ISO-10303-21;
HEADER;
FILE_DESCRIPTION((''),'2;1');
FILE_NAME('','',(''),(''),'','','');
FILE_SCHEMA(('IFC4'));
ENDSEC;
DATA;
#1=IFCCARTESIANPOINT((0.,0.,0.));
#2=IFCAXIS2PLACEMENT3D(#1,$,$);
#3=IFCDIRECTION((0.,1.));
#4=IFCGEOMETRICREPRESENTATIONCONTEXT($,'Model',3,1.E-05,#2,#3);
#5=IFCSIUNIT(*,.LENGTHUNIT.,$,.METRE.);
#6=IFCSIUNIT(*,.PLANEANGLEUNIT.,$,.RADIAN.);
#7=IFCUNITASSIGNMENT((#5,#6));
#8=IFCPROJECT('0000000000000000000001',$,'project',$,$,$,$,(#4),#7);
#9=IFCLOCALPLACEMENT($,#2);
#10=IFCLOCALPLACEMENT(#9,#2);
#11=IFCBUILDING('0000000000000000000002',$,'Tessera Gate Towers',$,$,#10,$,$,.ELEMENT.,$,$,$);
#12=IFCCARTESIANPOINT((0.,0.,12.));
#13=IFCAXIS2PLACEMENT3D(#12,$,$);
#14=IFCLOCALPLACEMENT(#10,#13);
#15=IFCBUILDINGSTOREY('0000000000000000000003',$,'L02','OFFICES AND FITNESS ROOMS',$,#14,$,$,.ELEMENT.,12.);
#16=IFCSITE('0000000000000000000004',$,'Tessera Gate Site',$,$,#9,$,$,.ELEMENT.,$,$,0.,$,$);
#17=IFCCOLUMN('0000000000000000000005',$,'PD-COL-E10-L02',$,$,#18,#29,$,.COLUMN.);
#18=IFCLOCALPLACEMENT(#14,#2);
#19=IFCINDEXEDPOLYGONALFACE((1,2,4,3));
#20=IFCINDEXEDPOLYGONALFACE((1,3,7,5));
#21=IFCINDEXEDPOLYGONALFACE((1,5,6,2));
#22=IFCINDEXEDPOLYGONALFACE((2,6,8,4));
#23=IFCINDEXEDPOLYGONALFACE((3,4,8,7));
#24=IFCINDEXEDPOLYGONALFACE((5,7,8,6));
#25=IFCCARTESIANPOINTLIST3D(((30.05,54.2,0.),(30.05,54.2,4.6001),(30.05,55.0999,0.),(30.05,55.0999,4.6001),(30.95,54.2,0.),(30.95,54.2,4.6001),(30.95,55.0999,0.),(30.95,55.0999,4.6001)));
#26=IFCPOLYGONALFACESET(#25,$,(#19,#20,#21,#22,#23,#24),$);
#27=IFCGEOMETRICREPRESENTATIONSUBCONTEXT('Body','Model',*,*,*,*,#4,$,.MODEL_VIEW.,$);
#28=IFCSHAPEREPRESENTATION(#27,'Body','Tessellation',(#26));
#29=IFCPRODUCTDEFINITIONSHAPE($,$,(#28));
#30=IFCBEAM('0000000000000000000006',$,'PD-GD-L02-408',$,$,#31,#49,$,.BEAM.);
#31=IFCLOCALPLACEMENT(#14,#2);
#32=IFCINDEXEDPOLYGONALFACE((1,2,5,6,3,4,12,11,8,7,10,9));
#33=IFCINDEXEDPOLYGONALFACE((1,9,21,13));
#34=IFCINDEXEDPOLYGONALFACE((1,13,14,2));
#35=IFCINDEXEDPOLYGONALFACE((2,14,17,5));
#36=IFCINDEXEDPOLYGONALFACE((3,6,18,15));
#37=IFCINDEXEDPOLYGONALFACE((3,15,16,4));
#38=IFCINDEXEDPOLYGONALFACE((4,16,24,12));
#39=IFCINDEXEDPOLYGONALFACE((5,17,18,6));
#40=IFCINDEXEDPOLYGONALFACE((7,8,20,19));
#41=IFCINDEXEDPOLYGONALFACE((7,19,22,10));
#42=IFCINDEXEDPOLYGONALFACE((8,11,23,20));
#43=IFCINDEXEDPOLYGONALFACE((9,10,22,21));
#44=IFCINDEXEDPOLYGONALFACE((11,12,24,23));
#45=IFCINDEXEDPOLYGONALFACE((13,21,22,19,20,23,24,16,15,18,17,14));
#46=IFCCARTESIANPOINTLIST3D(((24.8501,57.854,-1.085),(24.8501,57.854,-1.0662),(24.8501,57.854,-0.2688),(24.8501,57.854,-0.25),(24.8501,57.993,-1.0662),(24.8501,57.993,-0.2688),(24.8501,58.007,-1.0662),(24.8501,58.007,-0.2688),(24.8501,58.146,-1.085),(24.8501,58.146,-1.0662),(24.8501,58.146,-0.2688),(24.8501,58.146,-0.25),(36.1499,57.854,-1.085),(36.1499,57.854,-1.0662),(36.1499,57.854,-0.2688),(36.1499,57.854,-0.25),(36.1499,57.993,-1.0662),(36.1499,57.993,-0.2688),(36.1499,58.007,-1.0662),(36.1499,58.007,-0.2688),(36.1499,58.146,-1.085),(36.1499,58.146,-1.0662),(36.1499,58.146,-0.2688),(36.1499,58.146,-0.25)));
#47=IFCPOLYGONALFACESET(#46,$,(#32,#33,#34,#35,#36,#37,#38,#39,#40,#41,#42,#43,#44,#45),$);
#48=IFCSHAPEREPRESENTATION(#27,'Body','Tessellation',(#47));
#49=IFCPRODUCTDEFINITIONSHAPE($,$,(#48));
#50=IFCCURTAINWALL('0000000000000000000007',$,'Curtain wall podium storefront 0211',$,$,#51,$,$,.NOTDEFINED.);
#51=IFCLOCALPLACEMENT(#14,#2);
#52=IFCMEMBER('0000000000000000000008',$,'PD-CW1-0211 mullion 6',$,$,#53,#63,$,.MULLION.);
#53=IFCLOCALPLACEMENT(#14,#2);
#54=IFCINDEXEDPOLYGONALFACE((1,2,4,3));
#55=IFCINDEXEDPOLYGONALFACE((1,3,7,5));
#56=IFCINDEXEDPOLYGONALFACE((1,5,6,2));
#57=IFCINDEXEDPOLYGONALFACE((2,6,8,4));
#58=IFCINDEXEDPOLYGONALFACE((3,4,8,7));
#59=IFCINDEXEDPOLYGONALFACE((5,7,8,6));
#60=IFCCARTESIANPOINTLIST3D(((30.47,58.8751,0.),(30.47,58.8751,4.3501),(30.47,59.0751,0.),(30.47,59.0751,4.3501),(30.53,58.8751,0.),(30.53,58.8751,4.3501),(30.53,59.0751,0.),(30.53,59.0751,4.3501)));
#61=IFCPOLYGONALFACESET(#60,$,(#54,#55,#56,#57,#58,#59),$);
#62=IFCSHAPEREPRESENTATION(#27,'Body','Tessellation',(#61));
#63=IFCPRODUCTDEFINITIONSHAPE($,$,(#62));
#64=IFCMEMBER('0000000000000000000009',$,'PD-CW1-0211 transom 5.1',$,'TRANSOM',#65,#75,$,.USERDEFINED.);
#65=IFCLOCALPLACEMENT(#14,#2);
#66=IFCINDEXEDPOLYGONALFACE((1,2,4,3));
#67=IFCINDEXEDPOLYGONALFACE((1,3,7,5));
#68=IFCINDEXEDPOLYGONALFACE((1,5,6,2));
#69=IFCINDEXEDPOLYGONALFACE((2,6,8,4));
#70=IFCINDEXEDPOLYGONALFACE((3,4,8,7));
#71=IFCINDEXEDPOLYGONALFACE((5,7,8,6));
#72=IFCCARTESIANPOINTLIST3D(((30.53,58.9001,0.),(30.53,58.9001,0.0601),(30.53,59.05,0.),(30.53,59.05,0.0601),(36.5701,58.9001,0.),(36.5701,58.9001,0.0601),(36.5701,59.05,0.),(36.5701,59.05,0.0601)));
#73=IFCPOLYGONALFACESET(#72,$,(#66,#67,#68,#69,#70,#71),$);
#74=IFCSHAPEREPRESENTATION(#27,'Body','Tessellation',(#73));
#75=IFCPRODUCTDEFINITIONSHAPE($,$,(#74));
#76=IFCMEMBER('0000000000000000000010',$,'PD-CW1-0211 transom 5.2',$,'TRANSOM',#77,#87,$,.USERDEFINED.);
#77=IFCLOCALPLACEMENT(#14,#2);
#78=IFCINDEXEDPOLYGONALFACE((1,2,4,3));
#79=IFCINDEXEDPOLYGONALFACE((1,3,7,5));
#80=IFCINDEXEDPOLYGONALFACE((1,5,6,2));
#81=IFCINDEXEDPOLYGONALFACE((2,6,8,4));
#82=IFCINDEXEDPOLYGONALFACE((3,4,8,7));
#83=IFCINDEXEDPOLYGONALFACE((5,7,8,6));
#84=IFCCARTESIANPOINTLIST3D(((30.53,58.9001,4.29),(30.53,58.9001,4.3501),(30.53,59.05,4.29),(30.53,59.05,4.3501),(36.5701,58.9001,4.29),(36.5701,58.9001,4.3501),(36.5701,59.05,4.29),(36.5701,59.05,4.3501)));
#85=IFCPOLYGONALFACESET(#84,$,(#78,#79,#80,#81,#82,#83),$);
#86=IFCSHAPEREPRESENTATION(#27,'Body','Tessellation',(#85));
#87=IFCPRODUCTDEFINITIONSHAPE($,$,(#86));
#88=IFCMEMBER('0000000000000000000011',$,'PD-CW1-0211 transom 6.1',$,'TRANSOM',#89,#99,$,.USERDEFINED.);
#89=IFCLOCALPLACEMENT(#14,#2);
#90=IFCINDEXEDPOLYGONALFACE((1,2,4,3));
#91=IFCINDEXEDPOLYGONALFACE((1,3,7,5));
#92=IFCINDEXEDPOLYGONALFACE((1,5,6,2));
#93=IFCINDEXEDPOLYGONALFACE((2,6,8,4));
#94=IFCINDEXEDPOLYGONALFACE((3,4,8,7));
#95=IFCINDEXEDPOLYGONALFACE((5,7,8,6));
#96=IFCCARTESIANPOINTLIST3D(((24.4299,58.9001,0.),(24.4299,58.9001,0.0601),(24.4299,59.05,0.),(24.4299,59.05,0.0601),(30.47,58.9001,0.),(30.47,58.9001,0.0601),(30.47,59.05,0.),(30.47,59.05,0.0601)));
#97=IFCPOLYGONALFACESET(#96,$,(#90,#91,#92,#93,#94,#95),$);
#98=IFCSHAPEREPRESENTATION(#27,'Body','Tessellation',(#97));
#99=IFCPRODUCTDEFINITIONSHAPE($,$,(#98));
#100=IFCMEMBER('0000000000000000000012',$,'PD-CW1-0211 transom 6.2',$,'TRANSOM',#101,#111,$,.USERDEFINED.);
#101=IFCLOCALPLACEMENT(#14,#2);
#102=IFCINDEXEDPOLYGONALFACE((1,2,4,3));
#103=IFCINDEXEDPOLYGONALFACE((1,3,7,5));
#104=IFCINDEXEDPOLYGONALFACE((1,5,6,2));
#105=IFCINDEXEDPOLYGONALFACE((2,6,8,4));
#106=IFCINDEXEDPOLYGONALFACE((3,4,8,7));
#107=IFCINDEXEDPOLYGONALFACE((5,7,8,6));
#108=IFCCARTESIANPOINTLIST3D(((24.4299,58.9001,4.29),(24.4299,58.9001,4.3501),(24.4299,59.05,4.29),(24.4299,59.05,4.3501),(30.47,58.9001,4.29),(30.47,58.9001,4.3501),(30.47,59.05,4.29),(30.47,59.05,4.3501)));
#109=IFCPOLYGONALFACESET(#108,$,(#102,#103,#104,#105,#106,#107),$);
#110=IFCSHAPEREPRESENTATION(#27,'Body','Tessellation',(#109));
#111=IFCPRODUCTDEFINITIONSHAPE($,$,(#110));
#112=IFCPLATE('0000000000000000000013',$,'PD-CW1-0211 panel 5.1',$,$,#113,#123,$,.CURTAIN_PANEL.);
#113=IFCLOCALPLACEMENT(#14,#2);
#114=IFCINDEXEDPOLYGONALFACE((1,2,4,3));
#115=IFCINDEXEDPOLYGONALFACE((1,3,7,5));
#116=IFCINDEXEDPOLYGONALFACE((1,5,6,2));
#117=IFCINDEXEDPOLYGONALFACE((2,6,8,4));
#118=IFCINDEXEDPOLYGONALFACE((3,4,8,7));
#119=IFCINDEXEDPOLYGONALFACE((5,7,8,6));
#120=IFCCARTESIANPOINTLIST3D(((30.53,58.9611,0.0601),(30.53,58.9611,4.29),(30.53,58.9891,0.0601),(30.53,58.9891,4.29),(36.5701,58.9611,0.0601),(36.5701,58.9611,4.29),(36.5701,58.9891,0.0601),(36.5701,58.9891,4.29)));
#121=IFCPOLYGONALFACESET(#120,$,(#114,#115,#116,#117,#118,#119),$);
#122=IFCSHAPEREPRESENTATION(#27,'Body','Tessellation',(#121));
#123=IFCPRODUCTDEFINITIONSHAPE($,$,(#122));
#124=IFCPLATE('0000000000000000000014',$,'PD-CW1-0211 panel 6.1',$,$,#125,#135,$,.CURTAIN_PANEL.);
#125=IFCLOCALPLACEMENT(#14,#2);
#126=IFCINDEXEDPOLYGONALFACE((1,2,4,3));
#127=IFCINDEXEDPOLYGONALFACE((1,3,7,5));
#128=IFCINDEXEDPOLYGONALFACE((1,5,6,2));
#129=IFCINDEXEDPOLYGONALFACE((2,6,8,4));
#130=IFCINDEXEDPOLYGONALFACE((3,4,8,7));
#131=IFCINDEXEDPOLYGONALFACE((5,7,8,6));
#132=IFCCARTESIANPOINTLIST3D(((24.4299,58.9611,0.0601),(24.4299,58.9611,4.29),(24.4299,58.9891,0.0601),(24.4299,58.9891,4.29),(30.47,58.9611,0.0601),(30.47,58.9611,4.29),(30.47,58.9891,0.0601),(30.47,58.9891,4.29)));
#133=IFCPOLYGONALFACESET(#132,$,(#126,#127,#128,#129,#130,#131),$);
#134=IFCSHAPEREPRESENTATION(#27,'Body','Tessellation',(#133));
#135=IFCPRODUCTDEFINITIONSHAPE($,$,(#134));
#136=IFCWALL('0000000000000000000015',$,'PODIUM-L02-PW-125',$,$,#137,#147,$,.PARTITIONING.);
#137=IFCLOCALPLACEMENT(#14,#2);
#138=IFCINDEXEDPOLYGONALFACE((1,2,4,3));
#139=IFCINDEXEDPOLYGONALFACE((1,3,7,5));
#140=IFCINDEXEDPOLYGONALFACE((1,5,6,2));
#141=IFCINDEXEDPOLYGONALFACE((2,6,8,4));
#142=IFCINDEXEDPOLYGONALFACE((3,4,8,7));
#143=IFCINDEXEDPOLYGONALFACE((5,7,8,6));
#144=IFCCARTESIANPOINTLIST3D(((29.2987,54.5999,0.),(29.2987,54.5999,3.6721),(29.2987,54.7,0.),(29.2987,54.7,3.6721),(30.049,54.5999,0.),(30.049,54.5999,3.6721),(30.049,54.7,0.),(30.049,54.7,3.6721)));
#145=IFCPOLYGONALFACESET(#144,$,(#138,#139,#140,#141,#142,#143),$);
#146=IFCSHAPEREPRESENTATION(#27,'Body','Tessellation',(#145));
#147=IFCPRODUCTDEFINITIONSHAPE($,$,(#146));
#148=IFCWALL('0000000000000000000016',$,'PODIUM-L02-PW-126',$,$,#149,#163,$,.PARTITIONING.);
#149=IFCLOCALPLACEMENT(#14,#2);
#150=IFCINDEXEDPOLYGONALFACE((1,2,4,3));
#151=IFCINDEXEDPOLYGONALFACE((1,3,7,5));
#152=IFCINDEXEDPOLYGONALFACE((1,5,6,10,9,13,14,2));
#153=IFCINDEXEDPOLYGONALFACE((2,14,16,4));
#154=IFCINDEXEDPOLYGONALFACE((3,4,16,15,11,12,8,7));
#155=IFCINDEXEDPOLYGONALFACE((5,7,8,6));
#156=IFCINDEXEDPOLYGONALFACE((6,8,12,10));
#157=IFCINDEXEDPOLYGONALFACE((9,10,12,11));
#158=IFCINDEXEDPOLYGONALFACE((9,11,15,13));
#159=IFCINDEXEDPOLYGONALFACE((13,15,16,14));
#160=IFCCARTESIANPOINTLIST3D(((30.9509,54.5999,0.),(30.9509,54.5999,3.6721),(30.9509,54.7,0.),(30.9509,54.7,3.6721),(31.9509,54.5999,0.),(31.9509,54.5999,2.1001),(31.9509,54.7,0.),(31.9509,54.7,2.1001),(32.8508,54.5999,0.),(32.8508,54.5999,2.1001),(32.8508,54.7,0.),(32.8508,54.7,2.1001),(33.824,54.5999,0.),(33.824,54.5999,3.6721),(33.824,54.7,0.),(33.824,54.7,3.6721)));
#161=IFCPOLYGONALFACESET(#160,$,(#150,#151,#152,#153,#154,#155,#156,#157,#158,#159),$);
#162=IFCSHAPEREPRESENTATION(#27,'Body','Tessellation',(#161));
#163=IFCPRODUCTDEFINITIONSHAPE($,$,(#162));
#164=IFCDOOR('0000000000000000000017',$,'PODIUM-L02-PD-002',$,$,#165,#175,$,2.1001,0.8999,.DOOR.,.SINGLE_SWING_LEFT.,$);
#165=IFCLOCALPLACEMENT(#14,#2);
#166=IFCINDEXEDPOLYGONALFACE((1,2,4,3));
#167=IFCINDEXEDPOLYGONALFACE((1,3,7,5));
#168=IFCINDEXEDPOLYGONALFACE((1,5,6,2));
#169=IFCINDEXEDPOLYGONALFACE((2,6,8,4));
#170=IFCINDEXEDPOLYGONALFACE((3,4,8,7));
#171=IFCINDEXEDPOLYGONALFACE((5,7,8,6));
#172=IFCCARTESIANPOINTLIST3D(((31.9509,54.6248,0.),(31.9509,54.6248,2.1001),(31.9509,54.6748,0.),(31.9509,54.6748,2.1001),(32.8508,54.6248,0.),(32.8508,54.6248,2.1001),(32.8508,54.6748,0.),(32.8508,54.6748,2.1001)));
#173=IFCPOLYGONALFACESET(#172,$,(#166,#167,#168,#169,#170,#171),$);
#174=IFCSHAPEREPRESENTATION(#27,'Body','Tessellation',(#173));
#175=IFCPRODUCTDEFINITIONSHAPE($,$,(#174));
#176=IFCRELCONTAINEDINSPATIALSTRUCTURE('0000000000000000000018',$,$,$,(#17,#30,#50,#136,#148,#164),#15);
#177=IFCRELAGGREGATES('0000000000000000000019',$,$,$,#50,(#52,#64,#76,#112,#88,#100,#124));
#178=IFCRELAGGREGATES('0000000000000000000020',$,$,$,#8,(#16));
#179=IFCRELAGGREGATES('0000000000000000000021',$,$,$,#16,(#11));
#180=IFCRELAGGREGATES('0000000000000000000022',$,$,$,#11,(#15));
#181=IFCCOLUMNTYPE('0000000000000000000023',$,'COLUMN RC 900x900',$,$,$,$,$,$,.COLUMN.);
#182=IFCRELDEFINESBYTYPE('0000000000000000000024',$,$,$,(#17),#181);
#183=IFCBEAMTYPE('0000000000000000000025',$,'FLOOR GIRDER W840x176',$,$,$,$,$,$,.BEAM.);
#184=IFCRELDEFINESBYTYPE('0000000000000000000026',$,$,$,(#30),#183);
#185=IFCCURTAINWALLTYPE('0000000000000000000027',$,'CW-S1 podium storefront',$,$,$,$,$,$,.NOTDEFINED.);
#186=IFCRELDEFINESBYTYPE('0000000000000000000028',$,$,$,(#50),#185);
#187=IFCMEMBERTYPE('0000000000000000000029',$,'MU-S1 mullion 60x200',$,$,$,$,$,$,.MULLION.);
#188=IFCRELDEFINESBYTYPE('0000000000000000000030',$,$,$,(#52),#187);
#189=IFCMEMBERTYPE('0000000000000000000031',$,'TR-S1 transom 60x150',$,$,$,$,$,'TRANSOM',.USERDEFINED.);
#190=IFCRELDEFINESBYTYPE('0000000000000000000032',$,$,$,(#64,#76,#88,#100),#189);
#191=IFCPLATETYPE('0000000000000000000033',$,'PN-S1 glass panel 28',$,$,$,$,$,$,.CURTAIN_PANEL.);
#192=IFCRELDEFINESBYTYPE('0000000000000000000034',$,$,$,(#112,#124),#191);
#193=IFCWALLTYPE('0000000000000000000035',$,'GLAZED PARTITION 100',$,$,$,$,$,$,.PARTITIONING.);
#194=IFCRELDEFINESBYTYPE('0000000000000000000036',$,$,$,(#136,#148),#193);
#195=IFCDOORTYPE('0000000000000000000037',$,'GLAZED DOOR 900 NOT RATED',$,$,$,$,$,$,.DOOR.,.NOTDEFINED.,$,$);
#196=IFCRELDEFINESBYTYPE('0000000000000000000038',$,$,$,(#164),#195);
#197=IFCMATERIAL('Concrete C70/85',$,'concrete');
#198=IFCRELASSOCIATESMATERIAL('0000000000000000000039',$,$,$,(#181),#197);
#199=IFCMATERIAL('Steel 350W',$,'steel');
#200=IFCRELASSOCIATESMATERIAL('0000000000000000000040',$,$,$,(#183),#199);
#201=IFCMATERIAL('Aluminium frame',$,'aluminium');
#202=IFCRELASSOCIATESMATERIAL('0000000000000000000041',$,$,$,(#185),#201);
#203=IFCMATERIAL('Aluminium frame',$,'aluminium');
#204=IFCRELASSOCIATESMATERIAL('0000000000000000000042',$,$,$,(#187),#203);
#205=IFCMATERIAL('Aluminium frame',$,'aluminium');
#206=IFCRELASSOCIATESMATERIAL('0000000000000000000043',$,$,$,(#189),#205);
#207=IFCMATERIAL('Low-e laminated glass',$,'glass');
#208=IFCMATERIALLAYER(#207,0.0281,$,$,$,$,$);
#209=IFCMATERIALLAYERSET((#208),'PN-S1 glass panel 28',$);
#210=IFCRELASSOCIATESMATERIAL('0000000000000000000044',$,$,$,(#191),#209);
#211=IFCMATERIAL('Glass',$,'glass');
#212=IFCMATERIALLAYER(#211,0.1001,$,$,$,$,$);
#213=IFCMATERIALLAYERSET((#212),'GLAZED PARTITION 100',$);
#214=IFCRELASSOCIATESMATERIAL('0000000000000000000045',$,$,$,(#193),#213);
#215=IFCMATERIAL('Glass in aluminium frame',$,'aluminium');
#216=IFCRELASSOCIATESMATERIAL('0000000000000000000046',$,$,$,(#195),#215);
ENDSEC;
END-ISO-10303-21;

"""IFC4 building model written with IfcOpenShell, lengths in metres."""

from ifc_helpers import new_model, si_unit, direction, frame, frame_2d, origin, origin_2d, place, context, subcontext, project, spatial, rectangle, i_section, extrude, source, transform, mapped, material, layer, layer_set, material_profile, profile_set, type_object, element, fill, aggregate, save


model = new_model("IFC4")

# Units and contexts
model_context = context("Model", 3, precision=1e-05, world=origin(), true_north=direction((0.0, 1.0)))
body_context = subcontext(model_context, "Body", "Model", "MODEL_VIEW")
ifc_project = project(units=[si_unit("LENGTHUNIT", "METRE"), si_unit("PLANEANGLEUNIT", "RADIAN")], contexts=[model_context])

# Site, building, storey
site_placement = place(None, origin())
site = spatial("IfcSite", under=ifc_project, at=site_placement, Name="Tessera Gate Site", CompositionType="ELEMENT", RefElevation=0.0)
building_placement = place(site_placement, origin())
building = spatial("IfcBuilding", under=site, at=building_placement, Name="Tessera Gate Towers", CompositionType="ELEMENT")
storey_placement = place(building_placement, frame((0.0, 0.0, 12.0)))
storey = spatial("IfcBuildingStorey", under=building, at=storey_placement, Name="L02", Description="OFFICES AND FITNESS ROOMS", CompositionType="ELEMENT", Elevation=12.0)

# Column
ifc_material_1 = material(Name="Concrete C70/85", Category="concrete")
ifc_material_profile_1 = material_profile(ifc_material_1, rectangle(XDim=0.8999, YDim=0.8999, at=origin_2d()), Name="RC 900x900")
ifc_profile_set_1 = profile_set([ifc_material_profile_1], Name="Concrete C70/85")
column_type = type_object("IfcColumnType", Name="COLUMN RC 900x900", PredefinedType="COLUMN", material=ifc_profile_set_1)
column_placement = place(storey_placement, frame((30.5, 54.6499, 0.0), z_axis=(0.0, 0.0, 1.0), x_axis=(1.0, 0.0, 0.0)))
element("IfcColumn", 1, at=column_placement, inside=storey, type_object=column_type, Name="PD-COL-E10-L02", PredefinedType="COLUMN", context=body_context, shape_type="SweptSolid", body=[
    extrude(rectangle(XDim=0.8999, YDim=0.8999, at=origin_2d()), origin(), (0.0, 0.0, 1.0), 4.6001),
])

# Beam
ifc_material_2 = material(Name="Steel 350W", Category="steel")
ifc_material_profile_2 = material_profile(ifc_material_2, i_section(OverallWidth=0.292, OverallDepth=0.835, WebThickness=0.0139, FlangeThickness=0.0188, at=origin_2d()), Name="W840x176")
ifc_profile_set_2 = profile_set([ifc_material_profile_2], Name="Steel 350W")
beam_type = type_object("IfcBeamType", Name="FLOOR GIRDER W840x176", PredefinedType="BEAM", material=ifc_profile_set_2)
beam_placement = place(storey_placement, frame((24.8501, 58.0, -0.6675), z_axis=(1.0, 0.0, 0.0), x_axis=(0.0, 1.0, 0.0)))
element("IfcBeam", 2, at=beam_placement, inside=storey, type_object=beam_type, Name="PD-GD-L02-408", PredefinedType="BEAM", context=body_context, shape_type="SweptSolid", body=[
    extrude(i_section(OverallWidth=0.292, OverallDepth=0.835, WebThickness=0.0139, FlangeThickness=0.0188, at=origin_2d()), origin(), (0.0, 0.0, 1.0), 11.2998),
])

# Curtain wall, members, plates
ifc_material_3 = material(Name="Aluminium frame", Category="aluminium")
curtain_wall_type = type_object("IfcCurtainWallType", Name="CW-S1 podium storefront", PredefinedType="NOTDEFINED", material=ifc_material_3)
curtain_wall_placement = place(storey_placement, origin())
curtain_wall = element("IfcCurtainWall", 3, at=curtain_wall_placement, inside=storey, type_object=curtain_wall_type, Name="Curtain wall podium storefront 0211", PredefinedType="NOTDEFINED")
ifc_material_4 = material(Name="Aluminium frame", Category="aluminium")
ifc_material_profile_3 = material_profile(ifc_material_4, rectangle(XDim=0.0601, YDim=0.2, at=origin_2d()), Name="AL 60x200")
ifc_profile_set_3 = profile_set([ifc_material_profile_3], Name="Aluminium frame")
member_type_1 = type_object("IfcMemberType", Name="MU-S1 mullion 60x200", PredefinedType="MULLION", material=ifc_profile_set_3)
member_1_placement = place(storey_placement, frame((30.5, 58.9751, 0.0), z_axis=(0.0, 0.0, 1.0), x_axis=(-1.0, 0.0, 0.0)))
member_1 = element("IfcMember", 4, at=member_1_placement, type_object=member_type_1, Name="PD-CW1-0211 mullion 6", PredefinedType="MULLION", context=body_context, shape_type="SweptSolid", body=[
    extrude(rectangle(XDim=0.0601, YDim=0.2, at=origin_2d()), origin(), (0.0, 0.0, 1.0), 4.3501),
])
ifc_material_5 = material(Name="Aluminium frame", Category="aluminium")
ifc_material_profile_4 = material_profile(ifc_material_5, rectangle(XDim=0.1499, YDim=0.0601, at=origin_2d()), Name="AL 60x150")
ifc_profile_set_4 = profile_set([ifc_material_profile_4], Name="Aluminium frame")
member_type_2 = type_object("IfcMemberType", Name="TR-S1 transom 60x150", ElementType="TRANSOM", PredefinedType="USERDEFINED", material=ifc_profile_set_4)
member_2_placement = place(storey_placement, frame((36.5701, 58.9751, 0.03), z_axis=(-1.0, 0.0, 0.0), x_axis=(0.0, -1.0, 0.0)))
member_2 = element("IfcMember", 5, at=member_2_placement, type_object=member_type_2, Name="PD-CW1-0211 transom 5.1", ObjectType="TRANSOM", PredefinedType="USERDEFINED", context=body_context, shape_type="SweptSolid", body=[
    extrude(rectangle(XDim=0.1499, YDim=0.0601, at=origin_2d()), origin(), (0.0, 0.0, 1.0), 6.04),
])
member_3_placement = place(storey_placement, frame((36.5701, 58.9751, 4.3201), z_axis=(-1.0, 0.0, 0.0), x_axis=(0.0, -1.0, 0.0)))
member_3 = element("IfcMember", 6, at=member_3_placement, type_object=member_type_2, Name="PD-CW1-0211 transom 5.2", ObjectType="TRANSOM", PredefinedType="USERDEFINED", context=body_context, shape_type="SweptSolid", body=[
    extrude(rectangle(XDim=0.1499, YDim=0.0601, at=origin_2d()), origin(), (0.0, 0.0, 1.0), 6.04),
])
member_4_placement = place(storey_placement, frame((30.47, 58.9751, 0.03), z_axis=(-1.0, 0.0, 0.0), x_axis=(0.0, -1.0, 0.0)))
member_4 = element("IfcMember", 7, at=member_4_placement, type_object=member_type_2, Name="PD-CW1-0211 transom 6.1", ObjectType="TRANSOM", PredefinedType="USERDEFINED", context=body_context, shape_type="SweptSolid", body=[
    extrude(rectangle(XDim=0.1499, YDim=0.0601, at=origin_2d()), origin(), (0.0, 0.0, 1.0), 6.04),
])
member_5_placement = place(storey_placement, frame((30.47, 58.9751, 4.3201), z_axis=(-1.0, 0.0, 0.0), x_axis=(0.0, -1.0, 0.0)))
member_5 = element("IfcMember", 8, at=member_5_placement, type_object=member_type_2, Name="PD-CW1-0211 transom 6.2", ObjectType="TRANSOM", PredefinedType="USERDEFINED", context=body_context, shape_type="SweptSolid", body=[
    extrude(rectangle(XDim=0.1499, YDim=0.0601, at=origin_2d()), origin(), (0.0, 0.0, 1.0), 6.04),
])
ifc_material_6 = material(Name="Low-e laminated glass", Category="glass")
ifc_layer_1 = layer(ifc_material_6, 0.0281)
ifc_layer_set_1 = layer_set([ifc_layer_1], Name="PN-S1 glass panel 28")
plate_type = type_object("IfcPlateType", Name="PN-S1 glass panel 28", PredefinedType="CURTAIN_PANEL", material=ifc_layer_set_1)
plate_1_placement = place(storey_placement, frame((33.55, 58.9751, 0.0601), z_axis=(0.0, 0.0, 1.0), x_axis=(-1.0, 0.0, 0.0)))
plate_1 = element("IfcPlate", 9, at=plate_1_placement, type_object=plate_type, Name="PD-CW1-0211 panel 5.1", PredefinedType="CURTAIN_PANEL", context=body_context, shape_type="SweptSolid", body=[
    extrude(rectangle(XDim=6.04, YDim=0.0281, at=origin_2d()), origin(), (0.0, 0.0, 1.0), 4.23),
])
plate_2_placement = place(storey_placement, frame((27.45, 58.9751, 0.0601), z_axis=(0.0, 0.0, 1.0), x_axis=(-1.0, 0.0, 0.0)))
plate_2 = element("IfcPlate", 10, at=plate_2_placement, type_object=plate_type, Name="PD-CW1-0211 panel 6.1", PredefinedType="CURTAIN_PANEL", context=body_context, shape_type="SweptSolid", body=[
    extrude(rectangle(XDim=6.04, YDim=0.0281, at=origin_2d()), origin(), (0.0, 0.0, 1.0), 4.23),
])
aggregate(curtain_wall, [member_1, member_2, member_3, plate_1, member_4, member_5, plate_2])

# Wall
ifc_material_7 = material(Name="Glass", Category="glass")
ifc_layer_2 = layer(ifc_material_7, 0.1001)
ifc_layer_set_2 = layer_set([ifc_layer_2], Name="GLAZED PARTITION 100")
wall_type_1 = type_object("IfcWallType", Name="GLAZED PARTITION 100", PredefinedType="PARTITIONING", material=ifc_layer_set_2)
wall_1_placement = place(storey_placement, frame((29.2988, 54.6499, 0.0), z_axis=(0.0, 0.0, 1.0), x_axis=(1.0, 0.0, 0.0)))
element("IfcWall", 11, at=wall_1_placement, inside=storey, type_object=wall_type_1, Name="PODIUM-L02-PW-125", PredefinedType="PARTITIONING", context=body_context, shape_type="SweptSolid", body=[
    extrude(rectangle(XDim=0.7502, YDim=0.1001, at=frame_2d((0.375, 0.0))), origin(), (0.0, 0.0, 1.0), 3.6721),
])

# Wall, opening, door
wall_2_placement = place(storey_placement, frame((30.9509, 54.6499, 0.0), z_axis=(0.0, 0.0, 1.0), x_axis=(1.0, 0.0, 0.0)))
wall_2 = element("IfcWall", 12, at=wall_2_placement, inside=storey, type_object=wall_type_1, Name="PODIUM-L02-PW-126", PredefinedType="PARTITIONING", context=body_context, shape_type="SweptSolid", body=[
    extrude(rectangle(XDim=2.873, YDim=0.1001, at=frame_2d((1.4365, 0.0))), origin(), (0.0, 0.0, 1.0), 3.6721),
])
shared_shape_1 = source(origin(), body_context, "Body", "SweptSolid", [
    extrude(rectangle(XDim=0.8999, YDim=2.1001, at=frame_2d((0.45, 1.05))), frame((0.0, 0.0601, 0.0), z_axis=(0.0, -1.0, 0.0), x_axis=(1.0, 0.0, 0.0)), (0.0, 0.0, 1.0), 0.1201),
])
opening_1_placement = place(wall_2_placement, frame((1.0, 0.0, 0.0)))
opening_1 = element("IfcOpeningElement", 13, at=opening_1_placement, cuts=wall_2, PredefinedType="OPENING", context=body_context, shape_type="MappedRepresentation", body=[
    mapped(shared_shape_1, transform((0.0, 0.0, 0.0), scale=1.0)),
])
ifc_material_8 = material(Name="Glass in aluminium frame", Category="aluminium")
door_type = type_object("IfcDoorType", Name="GLAZED DOOR 900 NOT RATED", OperationType="NOTDEFINED", PredefinedType="DOOR", material=ifc_material_8)
shared_shape_2 = source(origin(), body_context, "Body", "SweptSolid", [
    extrude(rectangle(XDim=0.8999, YDim=2.1001, at=frame_2d((0.45, 1.05))), frame((0.0, 0.0249, 0.0), z_axis=(0.0, -1.0, 0.0), x_axis=(1.0, 0.0, 0.0)), (0.0, 0.0, 1.0), 0.05),
])
door_1_placement = place(opening_1_placement, origin())
door_1 = element("IfcDoor", 14, at=door_1_placement, inside=storey, type_object=door_type, Name="PODIUM-L02-PD-002", OperationType="SINGLE_SWING_LEFT", OverallHeight=2.1001, OverallWidth=0.8999, PredefinedType="DOOR", context=body_context, shape_type="MappedRepresentation", body=[
    mapped(shared_shape_2, transform((0.0, 0.0, 0.0), scale=1.0)),
])
fill(opening_1, door_1)

save(model, "model.ifc")
